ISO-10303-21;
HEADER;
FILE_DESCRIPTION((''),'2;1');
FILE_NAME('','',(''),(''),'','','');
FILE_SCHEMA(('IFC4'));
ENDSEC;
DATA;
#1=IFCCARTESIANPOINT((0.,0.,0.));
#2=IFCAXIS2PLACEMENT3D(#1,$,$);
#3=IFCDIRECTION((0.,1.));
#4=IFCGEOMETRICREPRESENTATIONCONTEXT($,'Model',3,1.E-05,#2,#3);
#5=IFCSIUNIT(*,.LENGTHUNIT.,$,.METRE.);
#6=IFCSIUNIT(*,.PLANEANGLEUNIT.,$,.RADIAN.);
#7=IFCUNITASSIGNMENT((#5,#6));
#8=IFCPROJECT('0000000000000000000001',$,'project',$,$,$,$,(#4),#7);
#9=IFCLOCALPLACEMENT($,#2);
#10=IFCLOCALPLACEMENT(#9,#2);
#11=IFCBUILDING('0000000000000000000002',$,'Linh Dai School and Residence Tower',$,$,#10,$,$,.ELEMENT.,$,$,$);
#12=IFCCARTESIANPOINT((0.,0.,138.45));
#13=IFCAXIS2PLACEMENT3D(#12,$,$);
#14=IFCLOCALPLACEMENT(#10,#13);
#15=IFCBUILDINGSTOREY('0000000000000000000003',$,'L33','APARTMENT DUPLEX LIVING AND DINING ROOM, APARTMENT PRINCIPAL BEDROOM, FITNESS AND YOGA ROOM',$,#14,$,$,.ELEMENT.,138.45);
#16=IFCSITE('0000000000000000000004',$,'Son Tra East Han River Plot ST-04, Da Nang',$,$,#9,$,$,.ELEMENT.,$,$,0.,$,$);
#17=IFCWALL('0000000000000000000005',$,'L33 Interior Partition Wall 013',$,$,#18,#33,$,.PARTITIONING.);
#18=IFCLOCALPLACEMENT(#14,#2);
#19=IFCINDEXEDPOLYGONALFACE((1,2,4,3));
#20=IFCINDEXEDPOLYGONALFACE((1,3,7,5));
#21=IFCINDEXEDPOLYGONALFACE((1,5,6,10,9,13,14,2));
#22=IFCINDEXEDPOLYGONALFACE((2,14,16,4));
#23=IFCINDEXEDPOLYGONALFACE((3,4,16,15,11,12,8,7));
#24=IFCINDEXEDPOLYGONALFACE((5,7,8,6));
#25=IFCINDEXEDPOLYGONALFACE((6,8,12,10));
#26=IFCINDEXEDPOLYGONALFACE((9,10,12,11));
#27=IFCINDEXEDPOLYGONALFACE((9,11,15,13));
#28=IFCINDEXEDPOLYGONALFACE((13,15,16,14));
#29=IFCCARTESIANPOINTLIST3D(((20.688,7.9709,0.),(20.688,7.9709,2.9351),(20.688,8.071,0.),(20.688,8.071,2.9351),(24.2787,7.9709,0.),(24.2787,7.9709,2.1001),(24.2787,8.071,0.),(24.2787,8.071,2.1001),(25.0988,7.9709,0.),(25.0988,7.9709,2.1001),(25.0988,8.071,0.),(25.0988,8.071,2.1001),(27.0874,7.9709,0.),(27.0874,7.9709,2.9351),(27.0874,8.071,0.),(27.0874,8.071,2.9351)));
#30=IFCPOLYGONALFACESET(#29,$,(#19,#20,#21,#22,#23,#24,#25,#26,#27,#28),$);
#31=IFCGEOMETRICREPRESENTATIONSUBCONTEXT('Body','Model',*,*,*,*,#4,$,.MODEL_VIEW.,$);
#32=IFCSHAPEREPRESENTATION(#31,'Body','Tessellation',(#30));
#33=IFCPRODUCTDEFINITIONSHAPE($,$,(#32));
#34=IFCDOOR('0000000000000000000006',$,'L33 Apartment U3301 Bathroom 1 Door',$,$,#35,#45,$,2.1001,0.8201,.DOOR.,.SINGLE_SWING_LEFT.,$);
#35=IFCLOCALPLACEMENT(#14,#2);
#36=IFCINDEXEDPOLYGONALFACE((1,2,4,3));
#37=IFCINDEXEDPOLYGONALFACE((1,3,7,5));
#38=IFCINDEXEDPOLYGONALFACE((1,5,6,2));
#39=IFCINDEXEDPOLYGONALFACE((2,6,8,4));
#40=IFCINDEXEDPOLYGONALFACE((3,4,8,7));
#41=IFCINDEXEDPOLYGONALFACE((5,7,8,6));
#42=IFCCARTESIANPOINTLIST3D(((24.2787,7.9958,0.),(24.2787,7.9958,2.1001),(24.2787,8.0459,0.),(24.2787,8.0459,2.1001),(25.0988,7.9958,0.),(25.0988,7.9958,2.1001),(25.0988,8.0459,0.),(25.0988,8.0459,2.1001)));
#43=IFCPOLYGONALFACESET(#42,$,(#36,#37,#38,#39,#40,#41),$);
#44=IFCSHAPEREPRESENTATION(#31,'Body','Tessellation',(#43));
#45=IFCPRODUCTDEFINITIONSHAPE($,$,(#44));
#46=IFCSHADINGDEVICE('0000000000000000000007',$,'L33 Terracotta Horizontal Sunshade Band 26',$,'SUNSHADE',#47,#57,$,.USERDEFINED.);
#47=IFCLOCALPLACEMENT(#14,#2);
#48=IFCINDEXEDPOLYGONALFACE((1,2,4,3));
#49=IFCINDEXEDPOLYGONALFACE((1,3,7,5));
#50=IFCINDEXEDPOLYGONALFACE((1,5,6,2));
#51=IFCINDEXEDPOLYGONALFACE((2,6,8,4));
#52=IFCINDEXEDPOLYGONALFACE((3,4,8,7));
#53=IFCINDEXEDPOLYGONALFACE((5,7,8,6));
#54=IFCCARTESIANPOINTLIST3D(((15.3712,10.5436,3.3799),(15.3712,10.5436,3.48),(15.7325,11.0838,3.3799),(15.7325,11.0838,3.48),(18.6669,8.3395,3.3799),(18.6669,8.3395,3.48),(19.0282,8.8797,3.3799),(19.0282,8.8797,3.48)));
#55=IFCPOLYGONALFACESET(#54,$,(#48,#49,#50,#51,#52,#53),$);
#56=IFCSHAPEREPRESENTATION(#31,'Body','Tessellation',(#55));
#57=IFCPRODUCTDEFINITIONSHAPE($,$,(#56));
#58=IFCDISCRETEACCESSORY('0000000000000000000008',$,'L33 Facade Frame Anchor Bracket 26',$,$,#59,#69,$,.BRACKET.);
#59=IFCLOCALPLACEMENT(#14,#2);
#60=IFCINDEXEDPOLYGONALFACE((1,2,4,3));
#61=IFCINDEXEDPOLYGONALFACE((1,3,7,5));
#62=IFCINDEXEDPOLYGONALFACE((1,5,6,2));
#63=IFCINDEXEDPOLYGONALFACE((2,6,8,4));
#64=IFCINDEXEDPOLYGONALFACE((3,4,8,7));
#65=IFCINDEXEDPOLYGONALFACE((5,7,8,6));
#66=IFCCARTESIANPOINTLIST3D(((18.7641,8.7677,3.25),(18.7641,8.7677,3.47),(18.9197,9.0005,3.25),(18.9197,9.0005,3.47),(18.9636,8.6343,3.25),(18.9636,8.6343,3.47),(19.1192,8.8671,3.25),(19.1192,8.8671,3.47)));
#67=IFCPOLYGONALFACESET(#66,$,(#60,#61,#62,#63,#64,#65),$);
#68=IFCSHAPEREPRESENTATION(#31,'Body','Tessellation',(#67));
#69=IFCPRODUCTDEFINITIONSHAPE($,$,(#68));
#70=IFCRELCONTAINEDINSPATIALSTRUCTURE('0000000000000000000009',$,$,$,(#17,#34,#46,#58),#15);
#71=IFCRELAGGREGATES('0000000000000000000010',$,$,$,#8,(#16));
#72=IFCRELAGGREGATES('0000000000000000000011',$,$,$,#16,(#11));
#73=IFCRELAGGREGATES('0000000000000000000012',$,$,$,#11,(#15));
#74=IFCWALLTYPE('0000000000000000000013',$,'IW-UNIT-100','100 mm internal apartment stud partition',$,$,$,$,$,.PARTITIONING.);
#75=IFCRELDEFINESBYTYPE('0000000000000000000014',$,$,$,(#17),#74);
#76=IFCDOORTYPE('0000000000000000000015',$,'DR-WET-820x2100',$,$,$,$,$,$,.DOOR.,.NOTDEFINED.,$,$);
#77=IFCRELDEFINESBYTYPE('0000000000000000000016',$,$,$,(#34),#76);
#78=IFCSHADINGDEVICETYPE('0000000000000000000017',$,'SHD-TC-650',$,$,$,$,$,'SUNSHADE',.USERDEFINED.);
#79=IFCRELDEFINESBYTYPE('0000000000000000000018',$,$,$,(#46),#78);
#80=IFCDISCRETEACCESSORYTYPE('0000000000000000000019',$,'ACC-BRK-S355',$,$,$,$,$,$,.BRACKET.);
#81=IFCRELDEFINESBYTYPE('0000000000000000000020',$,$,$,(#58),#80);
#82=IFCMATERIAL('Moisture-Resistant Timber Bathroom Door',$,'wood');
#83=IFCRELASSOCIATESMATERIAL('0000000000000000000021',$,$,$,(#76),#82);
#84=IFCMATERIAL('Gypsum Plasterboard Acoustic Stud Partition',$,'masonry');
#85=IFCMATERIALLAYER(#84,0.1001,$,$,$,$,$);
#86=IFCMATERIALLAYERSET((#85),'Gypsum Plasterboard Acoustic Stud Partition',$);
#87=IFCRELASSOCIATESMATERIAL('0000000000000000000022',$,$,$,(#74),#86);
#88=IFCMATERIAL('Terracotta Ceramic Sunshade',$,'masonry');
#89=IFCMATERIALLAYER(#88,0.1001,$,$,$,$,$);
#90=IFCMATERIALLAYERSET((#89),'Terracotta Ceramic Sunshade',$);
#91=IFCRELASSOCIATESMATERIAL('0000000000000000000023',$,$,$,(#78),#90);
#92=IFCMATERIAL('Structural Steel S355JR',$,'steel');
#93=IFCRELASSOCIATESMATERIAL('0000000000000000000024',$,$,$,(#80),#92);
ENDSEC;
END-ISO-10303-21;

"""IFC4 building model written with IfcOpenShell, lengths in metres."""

from ifc_helpers import new_model, si_unit, direction, frame, frame_2d, origin, origin_2d, place, context, subcontext, project, spatial, rectangle, extrude, source, transform, mapped, material, layer, layer_set, type_object, element, fill, save


model = new_model("IFC4")

# Units and contexts
model_context = context("Model", 3, precision=1e-05, world=origin(), true_north=direction((0.0, 1.0)))
body_context = subcontext(model_context, "Body", "Model", "MODEL_VIEW")
ifc_project = project(units=[si_unit("LENGTHUNIT", "METRE"), si_unit("PLANEANGLEUNIT", "RADIAN")], contexts=[model_context])

# Site, building, storey
site_placement = place(None, origin())
site = spatial("IfcSite", under=ifc_project, at=site_placement, Name="Son Tra East Han River Plot ST-04, Da Nang", CompositionType="ELEMENT", RefElevation=0.0)
building_placement = place(site_placement, origin())
building = spatial("IfcBuilding", under=site, at=building_placement, Name="Linh Dai School and Residence Tower", CompositionType="ELEMENT")
storey_placement = place(building_placement, frame((0.0, 0.0, 138.45)))
storey = spatial("IfcBuildingStorey", under=building, at=storey_placement, Name="L33", Description="APARTMENT DUPLEX LIVING AND DINING ROOM, APARTMENT PRINCIPAL BEDROOM, FITNESS AND YOGA ROOM", CompositionType="ELEMENT", Elevation=138.45)

# Shared definitions
ifc_material_1 = material(Name="Structural Steel S355JR", Category="steel")

# Shared definitions
ifc_material_2 = material(Name="Moisture-Resistant Timber Bathroom Door", Category="wood")
door_type_1 = type_object("IfcDoorType", Name="DR-WET-820x2100", OperationType="NOTDEFINED", PredefinedType="DOOR", material=ifc_material_2)
shared_shape_1 = source(origin(), body_context, "Body", "SweptSolid", [
    extrude(rectangle(XDim=0.8201, YDim=2.1001, at=origin_2d()), frame((0.4102, 0.0249, 1.05), z_axis=(0.0, -1.0, 0.0), x_axis=(1.0, 0.0, 0.0)), (0.0, 0.0, 1.0), 0.05),
])

# Shared definitions
ifc_material_3 = material(Name="Gypsum Plasterboard Acoustic Stud Partition", Category="masonry")
ifc_layer_1 = layer(ifc_material_3, 0.1001)
ifc_layer_set_1 = layer_set([ifc_layer_1], Name="Gypsum Plasterboard Acoustic Stud Partition")
wall_type_1 = type_object("IfcWallType", Name="IW-UNIT-100", Description="100 mm internal apartment stud partition", PredefinedType="PARTITIONING", material=ifc_layer_set_1)

# Wall, opening, door
wall_1_placement = place(storey_placement, frame((20.688, 8.021, 0.0), z_axis=(0.0, 0.0, 1.0), x_axis=(1.0, 0.0, 0.0)))
wall_1 = element("IfcWall", 1, at=wall_1_placement, inside=storey, type_object=wall_type_1, Name="L33 Interior Partition Wall 013", PredefinedType="PARTITIONING", context=body_context, shape_type="SweptSolid", body=[
    extrude(rectangle(XDim=6.3994, YDim=0.1001, at=frame_2d((3.1997, 0.0))), origin(), (0.0, 0.0, 1.0), 2.9351),
])
opening_1_placement = place(wall_1_placement, frame((3.5906, 0.0, 0.0)))
opening_1 = element("IfcOpeningElement", 2, at=opening_1_placement, cuts=wall_1, PredefinedType="OPENING", context=body_context, shape_type="SweptSolid", body=[
    extrude(rectangle(XDim=0.8201, YDim=2.1001, at=origin_2d()), frame((0.4102, 0.0601, 1.05), z_axis=(0.0, -1.0, 0.0), x_axis=(1.0, 0.0, 0.0)), (0.0, 0.0, 1.0), 0.1201),
])
door_1_placement = place(opening_1_placement, origin())
door_1 = element("IfcDoor", 3, at=door_1_placement, inside=storey, type_object=door_type_1, Name="L33 Apartment U3301 Bathroom 1 Door", OperationType="SINGLE_SWING_LEFT", OverallHeight=2.1001, OverallWidth=0.8201, PredefinedType="DOOR", context=body_context, shape_type="MappedRepresentation", body=[
    mapped(shared_shape_1, transform((0.0, 0.0, 0.0), x_axis=(1.0, 0.0, 0.0), y_axis=(0.0, 1.0, 0.0), z_axis=(0.0, 0.0, 1.0), scale=1.0)),
])
fill(opening_1, door_1)

# Shading device
ifc_material_4 = material(Name="Terracotta Ceramic Sunshade", Category="masonry")
ifc_layer_2 = layer(ifc_material_4, 0.1001)
ifc_layer_set_2 = layer_set([ifc_layer_2], Name="Terracotta Ceramic Sunshade")
shading_device_type = type_object("IfcShadingDeviceType", Name="SHD-TC-650", ElementType="SUNSHADE", PredefinedType="USERDEFINED", material=ifc_layer_set_2)
shared_shape_2 = source(origin(), body_context, "Body", "SweptSolid", [
    extrude(rectangle(XDim=3.9648, YDim=0.6499, at=origin_2d()), origin(), (0.0, 0.0, 1.0), 0.1001),
])
shading_device_placement = place(storey_placement, frame((17.1997, 9.7117, 3.3799), z_axis=(0.0, 0.0, 1.0), x_axis=(-0.83124, 0.555913, 0.0)))
element("IfcShadingDevice", 4, at=shading_device_placement, inside=storey, type_object=shading_device_type, Name="L33 Terracotta Horizontal Sunshade Band 26", ObjectType="SUNSHADE", PredefinedType="USERDEFINED", context=body_context, shape_type="MappedRepresentation", body=[
    mapped(shared_shape_2, transform((0.0, 0.0, 0.0), x_axis=(1.0, 0.0, 0.0), y_axis=(0.0, 1.0, 0.0), z_axis=(0.0, 0.0, 1.0), scale=1.0)),
])

# Discrete accessory
discrete_accessory_type = type_object("IfcDiscreteAccessoryType", Name="ACC-BRK-S355", PredefinedType="BRACKET", material=ifc_material_1)
shared_shape_3 = source(origin(), body_context, "Body", "SweptSolid", [
    extrude(rectangle(XDim=0.28, YDim=0.24, at=origin_2d()), origin(), (0.0, 0.0, 1.0), 0.22),
])
discrete_accessory_placement = place(storey_placement, frame((18.9417, 8.8174, 3.25), z_axis=(0.0, 0.0, 1.0), x_axis=(-0.555913, -0.83124, 0.0)))
element("IfcDiscreteAccessory", 5, at=discrete_accessory_placement, inside=storey, type_object=discrete_accessory_type, Name="L33 Facade Frame Anchor Bracket 26", PredefinedType="BRACKET", context=body_context, shape_type="MappedRepresentation", body=[
    mapped(shared_shape_3, transform((0.0, 0.0, 0.0), x_axis=(1.0, 0.0, 0.0), y_axis=(0.0, 1.0, 0.0), z_axis=(0.0, 0.0, 1.0), scale=1.0)),
])

save(model, "model.ifc")
